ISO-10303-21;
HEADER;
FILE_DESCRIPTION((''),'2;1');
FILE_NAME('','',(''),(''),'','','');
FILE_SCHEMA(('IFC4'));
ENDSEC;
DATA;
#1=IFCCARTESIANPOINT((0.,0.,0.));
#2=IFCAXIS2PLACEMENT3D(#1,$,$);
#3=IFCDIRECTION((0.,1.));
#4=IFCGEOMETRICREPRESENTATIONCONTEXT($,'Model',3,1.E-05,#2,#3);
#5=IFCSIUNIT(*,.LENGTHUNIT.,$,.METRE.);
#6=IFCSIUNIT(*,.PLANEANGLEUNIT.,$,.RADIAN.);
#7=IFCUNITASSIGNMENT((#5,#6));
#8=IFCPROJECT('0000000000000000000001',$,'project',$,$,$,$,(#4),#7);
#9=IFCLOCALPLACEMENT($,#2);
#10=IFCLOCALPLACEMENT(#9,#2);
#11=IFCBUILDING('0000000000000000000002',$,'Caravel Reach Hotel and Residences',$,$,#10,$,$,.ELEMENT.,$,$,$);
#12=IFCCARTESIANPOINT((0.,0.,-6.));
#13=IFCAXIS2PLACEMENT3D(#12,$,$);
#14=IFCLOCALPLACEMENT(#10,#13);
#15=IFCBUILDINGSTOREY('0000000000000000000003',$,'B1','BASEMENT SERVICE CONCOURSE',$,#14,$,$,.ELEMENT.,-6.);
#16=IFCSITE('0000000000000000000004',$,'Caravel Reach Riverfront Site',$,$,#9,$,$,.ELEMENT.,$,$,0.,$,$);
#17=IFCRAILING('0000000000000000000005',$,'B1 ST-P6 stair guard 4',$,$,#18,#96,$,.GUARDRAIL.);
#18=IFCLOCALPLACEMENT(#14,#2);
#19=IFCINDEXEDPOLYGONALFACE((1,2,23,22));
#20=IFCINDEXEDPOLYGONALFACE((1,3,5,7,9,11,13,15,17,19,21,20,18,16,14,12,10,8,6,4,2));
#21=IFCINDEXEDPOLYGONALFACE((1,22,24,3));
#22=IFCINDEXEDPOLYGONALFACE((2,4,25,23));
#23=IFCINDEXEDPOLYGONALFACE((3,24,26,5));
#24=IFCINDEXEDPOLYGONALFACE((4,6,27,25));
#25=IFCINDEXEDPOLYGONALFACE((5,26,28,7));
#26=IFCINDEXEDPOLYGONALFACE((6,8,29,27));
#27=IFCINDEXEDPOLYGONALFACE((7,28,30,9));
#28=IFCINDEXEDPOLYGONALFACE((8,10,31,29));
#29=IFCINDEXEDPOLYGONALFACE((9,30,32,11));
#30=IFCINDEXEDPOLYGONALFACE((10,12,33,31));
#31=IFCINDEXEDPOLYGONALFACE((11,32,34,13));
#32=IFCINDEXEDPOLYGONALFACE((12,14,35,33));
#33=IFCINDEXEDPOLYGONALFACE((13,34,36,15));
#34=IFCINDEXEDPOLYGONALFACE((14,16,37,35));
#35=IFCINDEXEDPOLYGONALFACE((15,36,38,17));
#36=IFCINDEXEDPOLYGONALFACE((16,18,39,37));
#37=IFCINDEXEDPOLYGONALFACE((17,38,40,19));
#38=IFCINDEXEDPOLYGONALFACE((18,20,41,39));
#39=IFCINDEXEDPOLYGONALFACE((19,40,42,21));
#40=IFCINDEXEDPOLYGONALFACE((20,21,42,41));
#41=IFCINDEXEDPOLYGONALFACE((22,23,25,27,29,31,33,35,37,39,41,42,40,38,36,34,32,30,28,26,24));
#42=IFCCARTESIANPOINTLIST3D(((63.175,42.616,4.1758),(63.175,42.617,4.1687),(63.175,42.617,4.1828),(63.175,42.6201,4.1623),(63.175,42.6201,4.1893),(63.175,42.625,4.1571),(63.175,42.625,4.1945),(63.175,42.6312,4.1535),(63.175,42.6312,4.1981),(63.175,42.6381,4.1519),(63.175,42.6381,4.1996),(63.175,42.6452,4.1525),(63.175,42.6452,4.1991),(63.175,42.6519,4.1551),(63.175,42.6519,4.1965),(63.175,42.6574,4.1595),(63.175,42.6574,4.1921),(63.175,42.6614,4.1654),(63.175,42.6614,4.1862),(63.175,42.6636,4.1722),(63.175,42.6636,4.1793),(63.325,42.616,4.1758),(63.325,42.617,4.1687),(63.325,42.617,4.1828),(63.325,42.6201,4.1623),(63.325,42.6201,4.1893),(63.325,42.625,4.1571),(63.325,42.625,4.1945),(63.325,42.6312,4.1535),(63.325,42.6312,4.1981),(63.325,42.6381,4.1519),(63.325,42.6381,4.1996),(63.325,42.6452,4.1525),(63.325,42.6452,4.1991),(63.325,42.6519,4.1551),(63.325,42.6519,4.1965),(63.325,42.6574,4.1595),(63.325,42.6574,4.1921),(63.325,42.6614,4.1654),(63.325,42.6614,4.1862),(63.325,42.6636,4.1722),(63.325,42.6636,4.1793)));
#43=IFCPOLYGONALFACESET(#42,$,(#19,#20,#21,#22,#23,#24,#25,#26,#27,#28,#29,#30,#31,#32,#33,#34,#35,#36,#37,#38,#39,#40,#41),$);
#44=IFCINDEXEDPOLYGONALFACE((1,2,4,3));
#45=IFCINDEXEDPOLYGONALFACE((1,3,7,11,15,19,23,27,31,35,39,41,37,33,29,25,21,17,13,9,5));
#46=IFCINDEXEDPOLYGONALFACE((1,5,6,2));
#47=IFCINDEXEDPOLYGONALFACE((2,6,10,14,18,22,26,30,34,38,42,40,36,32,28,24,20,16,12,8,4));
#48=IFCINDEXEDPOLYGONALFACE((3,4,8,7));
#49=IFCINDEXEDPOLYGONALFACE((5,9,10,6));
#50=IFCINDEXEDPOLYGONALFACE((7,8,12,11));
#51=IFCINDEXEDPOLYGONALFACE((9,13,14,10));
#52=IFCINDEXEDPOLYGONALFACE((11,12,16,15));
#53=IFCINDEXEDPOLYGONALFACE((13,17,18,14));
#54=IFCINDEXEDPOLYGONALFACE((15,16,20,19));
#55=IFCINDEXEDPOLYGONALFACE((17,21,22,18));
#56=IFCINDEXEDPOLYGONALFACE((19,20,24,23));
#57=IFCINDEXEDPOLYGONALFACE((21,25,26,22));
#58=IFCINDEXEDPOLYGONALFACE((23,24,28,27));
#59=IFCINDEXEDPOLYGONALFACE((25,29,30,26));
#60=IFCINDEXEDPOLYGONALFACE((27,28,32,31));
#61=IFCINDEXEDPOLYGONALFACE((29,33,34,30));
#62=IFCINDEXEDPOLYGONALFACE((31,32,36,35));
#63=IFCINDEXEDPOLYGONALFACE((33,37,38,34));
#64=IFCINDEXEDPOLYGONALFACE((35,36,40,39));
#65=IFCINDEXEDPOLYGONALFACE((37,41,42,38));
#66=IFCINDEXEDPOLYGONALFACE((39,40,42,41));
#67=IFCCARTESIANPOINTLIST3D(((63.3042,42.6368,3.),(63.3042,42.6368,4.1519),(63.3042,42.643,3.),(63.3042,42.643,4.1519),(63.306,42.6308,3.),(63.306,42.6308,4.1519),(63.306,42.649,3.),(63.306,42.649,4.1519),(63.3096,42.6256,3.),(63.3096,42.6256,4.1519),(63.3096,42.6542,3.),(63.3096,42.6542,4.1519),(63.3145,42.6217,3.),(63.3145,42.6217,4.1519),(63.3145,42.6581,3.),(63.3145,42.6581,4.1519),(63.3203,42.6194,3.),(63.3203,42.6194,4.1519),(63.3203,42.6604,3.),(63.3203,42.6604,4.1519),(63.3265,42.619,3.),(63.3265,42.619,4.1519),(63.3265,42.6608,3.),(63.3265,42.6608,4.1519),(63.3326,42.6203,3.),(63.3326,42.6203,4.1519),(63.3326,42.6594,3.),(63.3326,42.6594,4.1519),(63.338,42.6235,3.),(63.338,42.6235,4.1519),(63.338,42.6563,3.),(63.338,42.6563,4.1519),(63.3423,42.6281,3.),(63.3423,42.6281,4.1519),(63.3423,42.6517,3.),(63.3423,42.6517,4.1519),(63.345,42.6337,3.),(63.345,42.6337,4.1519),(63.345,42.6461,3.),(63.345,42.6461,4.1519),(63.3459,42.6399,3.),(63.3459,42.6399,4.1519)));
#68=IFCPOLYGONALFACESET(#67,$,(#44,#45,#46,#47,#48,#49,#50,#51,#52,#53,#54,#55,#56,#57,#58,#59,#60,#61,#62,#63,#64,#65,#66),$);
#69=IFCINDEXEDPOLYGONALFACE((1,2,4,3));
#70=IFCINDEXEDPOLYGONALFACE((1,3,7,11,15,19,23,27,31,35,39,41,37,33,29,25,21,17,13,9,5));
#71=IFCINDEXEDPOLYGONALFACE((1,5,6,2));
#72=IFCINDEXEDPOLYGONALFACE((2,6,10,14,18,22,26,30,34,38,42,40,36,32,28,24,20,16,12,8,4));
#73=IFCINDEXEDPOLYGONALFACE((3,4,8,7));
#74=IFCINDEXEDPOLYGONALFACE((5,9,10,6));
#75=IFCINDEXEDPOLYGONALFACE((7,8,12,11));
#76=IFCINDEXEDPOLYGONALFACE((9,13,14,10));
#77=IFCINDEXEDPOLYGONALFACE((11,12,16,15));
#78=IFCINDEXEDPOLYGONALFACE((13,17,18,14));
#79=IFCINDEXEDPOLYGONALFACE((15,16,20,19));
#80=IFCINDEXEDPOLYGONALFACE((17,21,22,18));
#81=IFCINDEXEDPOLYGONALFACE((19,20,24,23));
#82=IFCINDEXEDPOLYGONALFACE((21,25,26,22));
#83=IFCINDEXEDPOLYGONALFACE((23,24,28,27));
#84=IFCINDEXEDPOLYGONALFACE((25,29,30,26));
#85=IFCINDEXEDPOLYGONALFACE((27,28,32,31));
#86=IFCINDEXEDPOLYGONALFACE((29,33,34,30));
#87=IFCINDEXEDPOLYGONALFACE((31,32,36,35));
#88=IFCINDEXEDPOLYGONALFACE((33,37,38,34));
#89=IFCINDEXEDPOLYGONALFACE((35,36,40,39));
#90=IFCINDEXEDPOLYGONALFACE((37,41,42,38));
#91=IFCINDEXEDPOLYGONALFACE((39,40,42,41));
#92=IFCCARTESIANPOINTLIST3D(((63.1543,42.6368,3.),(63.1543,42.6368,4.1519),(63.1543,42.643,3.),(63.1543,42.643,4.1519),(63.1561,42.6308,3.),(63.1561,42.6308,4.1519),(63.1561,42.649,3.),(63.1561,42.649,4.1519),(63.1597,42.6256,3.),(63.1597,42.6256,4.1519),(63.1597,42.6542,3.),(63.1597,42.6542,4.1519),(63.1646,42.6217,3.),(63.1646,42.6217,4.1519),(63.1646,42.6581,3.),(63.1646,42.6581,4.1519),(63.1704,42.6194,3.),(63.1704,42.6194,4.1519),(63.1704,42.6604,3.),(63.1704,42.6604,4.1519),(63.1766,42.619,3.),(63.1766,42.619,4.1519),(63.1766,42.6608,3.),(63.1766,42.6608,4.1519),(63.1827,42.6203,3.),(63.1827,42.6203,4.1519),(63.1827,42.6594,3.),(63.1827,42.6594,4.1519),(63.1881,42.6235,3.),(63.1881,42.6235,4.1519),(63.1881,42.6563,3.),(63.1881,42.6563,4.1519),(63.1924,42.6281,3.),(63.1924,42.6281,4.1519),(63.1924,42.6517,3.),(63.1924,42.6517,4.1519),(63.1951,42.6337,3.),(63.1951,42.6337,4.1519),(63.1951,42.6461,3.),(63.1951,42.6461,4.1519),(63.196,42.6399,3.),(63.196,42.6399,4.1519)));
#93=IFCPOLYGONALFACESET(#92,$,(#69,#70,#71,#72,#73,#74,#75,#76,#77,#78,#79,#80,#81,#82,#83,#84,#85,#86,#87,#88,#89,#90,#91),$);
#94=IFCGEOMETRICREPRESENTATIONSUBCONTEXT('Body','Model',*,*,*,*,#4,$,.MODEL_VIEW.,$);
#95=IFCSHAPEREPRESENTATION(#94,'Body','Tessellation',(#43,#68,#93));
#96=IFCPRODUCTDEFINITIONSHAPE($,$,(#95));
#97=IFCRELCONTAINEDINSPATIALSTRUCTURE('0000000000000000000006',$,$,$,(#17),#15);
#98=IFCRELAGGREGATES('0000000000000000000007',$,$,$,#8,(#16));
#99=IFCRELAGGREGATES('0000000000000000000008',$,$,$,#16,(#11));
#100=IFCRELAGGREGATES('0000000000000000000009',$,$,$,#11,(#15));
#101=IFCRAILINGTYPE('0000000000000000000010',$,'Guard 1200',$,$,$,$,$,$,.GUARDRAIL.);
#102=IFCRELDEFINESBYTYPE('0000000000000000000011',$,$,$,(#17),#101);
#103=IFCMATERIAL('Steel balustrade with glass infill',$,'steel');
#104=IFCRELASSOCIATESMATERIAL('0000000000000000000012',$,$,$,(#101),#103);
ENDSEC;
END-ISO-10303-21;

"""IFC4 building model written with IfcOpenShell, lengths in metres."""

from ifc_helpers import new_model, si_unit, direction, frame, origin, origin_2d, place, context, subcontext, project, spatial, circle, extrude, material, type_object, element, save


model = new_model("IFC4")

# Units and contexts
model_context = context("Model", 3, precision=1e-05, world=origin(), true_north=direction((0.0, 1.0)))
body_context = subcontext(model_context, "Body", "Model", "MODEL_VIEW")
ifc_project = project(units=[si_unit("LENGTHUNIT", "METRE"), si_unit("PLANEANGLEUNIT", "RADIAN")], contexts=[model_context])

# Site, building, storey
site_placement = place(None, origin())
site = spatial("IfcSite", under=ifc_project, at=site_placement, Name="Caravel Reach Riverfront Site", CompositionType="ELEMENT", RefElevation=0.0)
building_placement = place(site_placement, origin())
building = spatial("IfcBuilding", under=site, at=building_placement, Name="Caravel Reach Hotel and Residences", CompositionType="ELEMENT")
storey_placement = place(building_placement, frame((0.0, 0.0, -6.0)))
storey = spatial("IfcBuildingStorey", under=building, at=storey_placement, Name="B1", Description="BASEMENT SERVICE CONCOURSE", CompositionType="ELEMENT", Elevation=-6.0)

# Railing
ifc_material_1 = material(Name="Steel balustrade with glass infill", Category="steel")
railing_type_1 = type_object("IfcRailingType", Name="Guard 1200", PredefinedType="GUARDRAIL", material=ifc_material_1)
railing_1_placement = place(storey_placement, frame((63.325, 42.6399, 3.0)))
element("IfcRailing", 1, at=railing_1_placement, inside=storey, type_object=railing_type_1, Name="B1 ST-P6 stair guard 4", PredefinedType="GUARDRAIL", context=body_context, shape_type="SweptSolid", body=[
    extrude(circle(Radius=0.0239, at=origin_2d()), frame((0.0, 0.0, 1.1758), z_axis=(-1.0, 0.0, 0.0), x_axis=(0.0, -1.0, 0.0)), (0.0, 0.0, 1.0), 0.1499),
    extrude(circle(Radius=0.021, at=origin_2d()), origin(), (0.0, 0.0, 1.0), 1.1519),
    extrude(circle(Radius=0.021, at=origin_2d()), frame((-0.1499, 0.0, 0.0)), (0.0, 0.0, 1.0), 1.1519),
])

save(model, "model.ifc")
